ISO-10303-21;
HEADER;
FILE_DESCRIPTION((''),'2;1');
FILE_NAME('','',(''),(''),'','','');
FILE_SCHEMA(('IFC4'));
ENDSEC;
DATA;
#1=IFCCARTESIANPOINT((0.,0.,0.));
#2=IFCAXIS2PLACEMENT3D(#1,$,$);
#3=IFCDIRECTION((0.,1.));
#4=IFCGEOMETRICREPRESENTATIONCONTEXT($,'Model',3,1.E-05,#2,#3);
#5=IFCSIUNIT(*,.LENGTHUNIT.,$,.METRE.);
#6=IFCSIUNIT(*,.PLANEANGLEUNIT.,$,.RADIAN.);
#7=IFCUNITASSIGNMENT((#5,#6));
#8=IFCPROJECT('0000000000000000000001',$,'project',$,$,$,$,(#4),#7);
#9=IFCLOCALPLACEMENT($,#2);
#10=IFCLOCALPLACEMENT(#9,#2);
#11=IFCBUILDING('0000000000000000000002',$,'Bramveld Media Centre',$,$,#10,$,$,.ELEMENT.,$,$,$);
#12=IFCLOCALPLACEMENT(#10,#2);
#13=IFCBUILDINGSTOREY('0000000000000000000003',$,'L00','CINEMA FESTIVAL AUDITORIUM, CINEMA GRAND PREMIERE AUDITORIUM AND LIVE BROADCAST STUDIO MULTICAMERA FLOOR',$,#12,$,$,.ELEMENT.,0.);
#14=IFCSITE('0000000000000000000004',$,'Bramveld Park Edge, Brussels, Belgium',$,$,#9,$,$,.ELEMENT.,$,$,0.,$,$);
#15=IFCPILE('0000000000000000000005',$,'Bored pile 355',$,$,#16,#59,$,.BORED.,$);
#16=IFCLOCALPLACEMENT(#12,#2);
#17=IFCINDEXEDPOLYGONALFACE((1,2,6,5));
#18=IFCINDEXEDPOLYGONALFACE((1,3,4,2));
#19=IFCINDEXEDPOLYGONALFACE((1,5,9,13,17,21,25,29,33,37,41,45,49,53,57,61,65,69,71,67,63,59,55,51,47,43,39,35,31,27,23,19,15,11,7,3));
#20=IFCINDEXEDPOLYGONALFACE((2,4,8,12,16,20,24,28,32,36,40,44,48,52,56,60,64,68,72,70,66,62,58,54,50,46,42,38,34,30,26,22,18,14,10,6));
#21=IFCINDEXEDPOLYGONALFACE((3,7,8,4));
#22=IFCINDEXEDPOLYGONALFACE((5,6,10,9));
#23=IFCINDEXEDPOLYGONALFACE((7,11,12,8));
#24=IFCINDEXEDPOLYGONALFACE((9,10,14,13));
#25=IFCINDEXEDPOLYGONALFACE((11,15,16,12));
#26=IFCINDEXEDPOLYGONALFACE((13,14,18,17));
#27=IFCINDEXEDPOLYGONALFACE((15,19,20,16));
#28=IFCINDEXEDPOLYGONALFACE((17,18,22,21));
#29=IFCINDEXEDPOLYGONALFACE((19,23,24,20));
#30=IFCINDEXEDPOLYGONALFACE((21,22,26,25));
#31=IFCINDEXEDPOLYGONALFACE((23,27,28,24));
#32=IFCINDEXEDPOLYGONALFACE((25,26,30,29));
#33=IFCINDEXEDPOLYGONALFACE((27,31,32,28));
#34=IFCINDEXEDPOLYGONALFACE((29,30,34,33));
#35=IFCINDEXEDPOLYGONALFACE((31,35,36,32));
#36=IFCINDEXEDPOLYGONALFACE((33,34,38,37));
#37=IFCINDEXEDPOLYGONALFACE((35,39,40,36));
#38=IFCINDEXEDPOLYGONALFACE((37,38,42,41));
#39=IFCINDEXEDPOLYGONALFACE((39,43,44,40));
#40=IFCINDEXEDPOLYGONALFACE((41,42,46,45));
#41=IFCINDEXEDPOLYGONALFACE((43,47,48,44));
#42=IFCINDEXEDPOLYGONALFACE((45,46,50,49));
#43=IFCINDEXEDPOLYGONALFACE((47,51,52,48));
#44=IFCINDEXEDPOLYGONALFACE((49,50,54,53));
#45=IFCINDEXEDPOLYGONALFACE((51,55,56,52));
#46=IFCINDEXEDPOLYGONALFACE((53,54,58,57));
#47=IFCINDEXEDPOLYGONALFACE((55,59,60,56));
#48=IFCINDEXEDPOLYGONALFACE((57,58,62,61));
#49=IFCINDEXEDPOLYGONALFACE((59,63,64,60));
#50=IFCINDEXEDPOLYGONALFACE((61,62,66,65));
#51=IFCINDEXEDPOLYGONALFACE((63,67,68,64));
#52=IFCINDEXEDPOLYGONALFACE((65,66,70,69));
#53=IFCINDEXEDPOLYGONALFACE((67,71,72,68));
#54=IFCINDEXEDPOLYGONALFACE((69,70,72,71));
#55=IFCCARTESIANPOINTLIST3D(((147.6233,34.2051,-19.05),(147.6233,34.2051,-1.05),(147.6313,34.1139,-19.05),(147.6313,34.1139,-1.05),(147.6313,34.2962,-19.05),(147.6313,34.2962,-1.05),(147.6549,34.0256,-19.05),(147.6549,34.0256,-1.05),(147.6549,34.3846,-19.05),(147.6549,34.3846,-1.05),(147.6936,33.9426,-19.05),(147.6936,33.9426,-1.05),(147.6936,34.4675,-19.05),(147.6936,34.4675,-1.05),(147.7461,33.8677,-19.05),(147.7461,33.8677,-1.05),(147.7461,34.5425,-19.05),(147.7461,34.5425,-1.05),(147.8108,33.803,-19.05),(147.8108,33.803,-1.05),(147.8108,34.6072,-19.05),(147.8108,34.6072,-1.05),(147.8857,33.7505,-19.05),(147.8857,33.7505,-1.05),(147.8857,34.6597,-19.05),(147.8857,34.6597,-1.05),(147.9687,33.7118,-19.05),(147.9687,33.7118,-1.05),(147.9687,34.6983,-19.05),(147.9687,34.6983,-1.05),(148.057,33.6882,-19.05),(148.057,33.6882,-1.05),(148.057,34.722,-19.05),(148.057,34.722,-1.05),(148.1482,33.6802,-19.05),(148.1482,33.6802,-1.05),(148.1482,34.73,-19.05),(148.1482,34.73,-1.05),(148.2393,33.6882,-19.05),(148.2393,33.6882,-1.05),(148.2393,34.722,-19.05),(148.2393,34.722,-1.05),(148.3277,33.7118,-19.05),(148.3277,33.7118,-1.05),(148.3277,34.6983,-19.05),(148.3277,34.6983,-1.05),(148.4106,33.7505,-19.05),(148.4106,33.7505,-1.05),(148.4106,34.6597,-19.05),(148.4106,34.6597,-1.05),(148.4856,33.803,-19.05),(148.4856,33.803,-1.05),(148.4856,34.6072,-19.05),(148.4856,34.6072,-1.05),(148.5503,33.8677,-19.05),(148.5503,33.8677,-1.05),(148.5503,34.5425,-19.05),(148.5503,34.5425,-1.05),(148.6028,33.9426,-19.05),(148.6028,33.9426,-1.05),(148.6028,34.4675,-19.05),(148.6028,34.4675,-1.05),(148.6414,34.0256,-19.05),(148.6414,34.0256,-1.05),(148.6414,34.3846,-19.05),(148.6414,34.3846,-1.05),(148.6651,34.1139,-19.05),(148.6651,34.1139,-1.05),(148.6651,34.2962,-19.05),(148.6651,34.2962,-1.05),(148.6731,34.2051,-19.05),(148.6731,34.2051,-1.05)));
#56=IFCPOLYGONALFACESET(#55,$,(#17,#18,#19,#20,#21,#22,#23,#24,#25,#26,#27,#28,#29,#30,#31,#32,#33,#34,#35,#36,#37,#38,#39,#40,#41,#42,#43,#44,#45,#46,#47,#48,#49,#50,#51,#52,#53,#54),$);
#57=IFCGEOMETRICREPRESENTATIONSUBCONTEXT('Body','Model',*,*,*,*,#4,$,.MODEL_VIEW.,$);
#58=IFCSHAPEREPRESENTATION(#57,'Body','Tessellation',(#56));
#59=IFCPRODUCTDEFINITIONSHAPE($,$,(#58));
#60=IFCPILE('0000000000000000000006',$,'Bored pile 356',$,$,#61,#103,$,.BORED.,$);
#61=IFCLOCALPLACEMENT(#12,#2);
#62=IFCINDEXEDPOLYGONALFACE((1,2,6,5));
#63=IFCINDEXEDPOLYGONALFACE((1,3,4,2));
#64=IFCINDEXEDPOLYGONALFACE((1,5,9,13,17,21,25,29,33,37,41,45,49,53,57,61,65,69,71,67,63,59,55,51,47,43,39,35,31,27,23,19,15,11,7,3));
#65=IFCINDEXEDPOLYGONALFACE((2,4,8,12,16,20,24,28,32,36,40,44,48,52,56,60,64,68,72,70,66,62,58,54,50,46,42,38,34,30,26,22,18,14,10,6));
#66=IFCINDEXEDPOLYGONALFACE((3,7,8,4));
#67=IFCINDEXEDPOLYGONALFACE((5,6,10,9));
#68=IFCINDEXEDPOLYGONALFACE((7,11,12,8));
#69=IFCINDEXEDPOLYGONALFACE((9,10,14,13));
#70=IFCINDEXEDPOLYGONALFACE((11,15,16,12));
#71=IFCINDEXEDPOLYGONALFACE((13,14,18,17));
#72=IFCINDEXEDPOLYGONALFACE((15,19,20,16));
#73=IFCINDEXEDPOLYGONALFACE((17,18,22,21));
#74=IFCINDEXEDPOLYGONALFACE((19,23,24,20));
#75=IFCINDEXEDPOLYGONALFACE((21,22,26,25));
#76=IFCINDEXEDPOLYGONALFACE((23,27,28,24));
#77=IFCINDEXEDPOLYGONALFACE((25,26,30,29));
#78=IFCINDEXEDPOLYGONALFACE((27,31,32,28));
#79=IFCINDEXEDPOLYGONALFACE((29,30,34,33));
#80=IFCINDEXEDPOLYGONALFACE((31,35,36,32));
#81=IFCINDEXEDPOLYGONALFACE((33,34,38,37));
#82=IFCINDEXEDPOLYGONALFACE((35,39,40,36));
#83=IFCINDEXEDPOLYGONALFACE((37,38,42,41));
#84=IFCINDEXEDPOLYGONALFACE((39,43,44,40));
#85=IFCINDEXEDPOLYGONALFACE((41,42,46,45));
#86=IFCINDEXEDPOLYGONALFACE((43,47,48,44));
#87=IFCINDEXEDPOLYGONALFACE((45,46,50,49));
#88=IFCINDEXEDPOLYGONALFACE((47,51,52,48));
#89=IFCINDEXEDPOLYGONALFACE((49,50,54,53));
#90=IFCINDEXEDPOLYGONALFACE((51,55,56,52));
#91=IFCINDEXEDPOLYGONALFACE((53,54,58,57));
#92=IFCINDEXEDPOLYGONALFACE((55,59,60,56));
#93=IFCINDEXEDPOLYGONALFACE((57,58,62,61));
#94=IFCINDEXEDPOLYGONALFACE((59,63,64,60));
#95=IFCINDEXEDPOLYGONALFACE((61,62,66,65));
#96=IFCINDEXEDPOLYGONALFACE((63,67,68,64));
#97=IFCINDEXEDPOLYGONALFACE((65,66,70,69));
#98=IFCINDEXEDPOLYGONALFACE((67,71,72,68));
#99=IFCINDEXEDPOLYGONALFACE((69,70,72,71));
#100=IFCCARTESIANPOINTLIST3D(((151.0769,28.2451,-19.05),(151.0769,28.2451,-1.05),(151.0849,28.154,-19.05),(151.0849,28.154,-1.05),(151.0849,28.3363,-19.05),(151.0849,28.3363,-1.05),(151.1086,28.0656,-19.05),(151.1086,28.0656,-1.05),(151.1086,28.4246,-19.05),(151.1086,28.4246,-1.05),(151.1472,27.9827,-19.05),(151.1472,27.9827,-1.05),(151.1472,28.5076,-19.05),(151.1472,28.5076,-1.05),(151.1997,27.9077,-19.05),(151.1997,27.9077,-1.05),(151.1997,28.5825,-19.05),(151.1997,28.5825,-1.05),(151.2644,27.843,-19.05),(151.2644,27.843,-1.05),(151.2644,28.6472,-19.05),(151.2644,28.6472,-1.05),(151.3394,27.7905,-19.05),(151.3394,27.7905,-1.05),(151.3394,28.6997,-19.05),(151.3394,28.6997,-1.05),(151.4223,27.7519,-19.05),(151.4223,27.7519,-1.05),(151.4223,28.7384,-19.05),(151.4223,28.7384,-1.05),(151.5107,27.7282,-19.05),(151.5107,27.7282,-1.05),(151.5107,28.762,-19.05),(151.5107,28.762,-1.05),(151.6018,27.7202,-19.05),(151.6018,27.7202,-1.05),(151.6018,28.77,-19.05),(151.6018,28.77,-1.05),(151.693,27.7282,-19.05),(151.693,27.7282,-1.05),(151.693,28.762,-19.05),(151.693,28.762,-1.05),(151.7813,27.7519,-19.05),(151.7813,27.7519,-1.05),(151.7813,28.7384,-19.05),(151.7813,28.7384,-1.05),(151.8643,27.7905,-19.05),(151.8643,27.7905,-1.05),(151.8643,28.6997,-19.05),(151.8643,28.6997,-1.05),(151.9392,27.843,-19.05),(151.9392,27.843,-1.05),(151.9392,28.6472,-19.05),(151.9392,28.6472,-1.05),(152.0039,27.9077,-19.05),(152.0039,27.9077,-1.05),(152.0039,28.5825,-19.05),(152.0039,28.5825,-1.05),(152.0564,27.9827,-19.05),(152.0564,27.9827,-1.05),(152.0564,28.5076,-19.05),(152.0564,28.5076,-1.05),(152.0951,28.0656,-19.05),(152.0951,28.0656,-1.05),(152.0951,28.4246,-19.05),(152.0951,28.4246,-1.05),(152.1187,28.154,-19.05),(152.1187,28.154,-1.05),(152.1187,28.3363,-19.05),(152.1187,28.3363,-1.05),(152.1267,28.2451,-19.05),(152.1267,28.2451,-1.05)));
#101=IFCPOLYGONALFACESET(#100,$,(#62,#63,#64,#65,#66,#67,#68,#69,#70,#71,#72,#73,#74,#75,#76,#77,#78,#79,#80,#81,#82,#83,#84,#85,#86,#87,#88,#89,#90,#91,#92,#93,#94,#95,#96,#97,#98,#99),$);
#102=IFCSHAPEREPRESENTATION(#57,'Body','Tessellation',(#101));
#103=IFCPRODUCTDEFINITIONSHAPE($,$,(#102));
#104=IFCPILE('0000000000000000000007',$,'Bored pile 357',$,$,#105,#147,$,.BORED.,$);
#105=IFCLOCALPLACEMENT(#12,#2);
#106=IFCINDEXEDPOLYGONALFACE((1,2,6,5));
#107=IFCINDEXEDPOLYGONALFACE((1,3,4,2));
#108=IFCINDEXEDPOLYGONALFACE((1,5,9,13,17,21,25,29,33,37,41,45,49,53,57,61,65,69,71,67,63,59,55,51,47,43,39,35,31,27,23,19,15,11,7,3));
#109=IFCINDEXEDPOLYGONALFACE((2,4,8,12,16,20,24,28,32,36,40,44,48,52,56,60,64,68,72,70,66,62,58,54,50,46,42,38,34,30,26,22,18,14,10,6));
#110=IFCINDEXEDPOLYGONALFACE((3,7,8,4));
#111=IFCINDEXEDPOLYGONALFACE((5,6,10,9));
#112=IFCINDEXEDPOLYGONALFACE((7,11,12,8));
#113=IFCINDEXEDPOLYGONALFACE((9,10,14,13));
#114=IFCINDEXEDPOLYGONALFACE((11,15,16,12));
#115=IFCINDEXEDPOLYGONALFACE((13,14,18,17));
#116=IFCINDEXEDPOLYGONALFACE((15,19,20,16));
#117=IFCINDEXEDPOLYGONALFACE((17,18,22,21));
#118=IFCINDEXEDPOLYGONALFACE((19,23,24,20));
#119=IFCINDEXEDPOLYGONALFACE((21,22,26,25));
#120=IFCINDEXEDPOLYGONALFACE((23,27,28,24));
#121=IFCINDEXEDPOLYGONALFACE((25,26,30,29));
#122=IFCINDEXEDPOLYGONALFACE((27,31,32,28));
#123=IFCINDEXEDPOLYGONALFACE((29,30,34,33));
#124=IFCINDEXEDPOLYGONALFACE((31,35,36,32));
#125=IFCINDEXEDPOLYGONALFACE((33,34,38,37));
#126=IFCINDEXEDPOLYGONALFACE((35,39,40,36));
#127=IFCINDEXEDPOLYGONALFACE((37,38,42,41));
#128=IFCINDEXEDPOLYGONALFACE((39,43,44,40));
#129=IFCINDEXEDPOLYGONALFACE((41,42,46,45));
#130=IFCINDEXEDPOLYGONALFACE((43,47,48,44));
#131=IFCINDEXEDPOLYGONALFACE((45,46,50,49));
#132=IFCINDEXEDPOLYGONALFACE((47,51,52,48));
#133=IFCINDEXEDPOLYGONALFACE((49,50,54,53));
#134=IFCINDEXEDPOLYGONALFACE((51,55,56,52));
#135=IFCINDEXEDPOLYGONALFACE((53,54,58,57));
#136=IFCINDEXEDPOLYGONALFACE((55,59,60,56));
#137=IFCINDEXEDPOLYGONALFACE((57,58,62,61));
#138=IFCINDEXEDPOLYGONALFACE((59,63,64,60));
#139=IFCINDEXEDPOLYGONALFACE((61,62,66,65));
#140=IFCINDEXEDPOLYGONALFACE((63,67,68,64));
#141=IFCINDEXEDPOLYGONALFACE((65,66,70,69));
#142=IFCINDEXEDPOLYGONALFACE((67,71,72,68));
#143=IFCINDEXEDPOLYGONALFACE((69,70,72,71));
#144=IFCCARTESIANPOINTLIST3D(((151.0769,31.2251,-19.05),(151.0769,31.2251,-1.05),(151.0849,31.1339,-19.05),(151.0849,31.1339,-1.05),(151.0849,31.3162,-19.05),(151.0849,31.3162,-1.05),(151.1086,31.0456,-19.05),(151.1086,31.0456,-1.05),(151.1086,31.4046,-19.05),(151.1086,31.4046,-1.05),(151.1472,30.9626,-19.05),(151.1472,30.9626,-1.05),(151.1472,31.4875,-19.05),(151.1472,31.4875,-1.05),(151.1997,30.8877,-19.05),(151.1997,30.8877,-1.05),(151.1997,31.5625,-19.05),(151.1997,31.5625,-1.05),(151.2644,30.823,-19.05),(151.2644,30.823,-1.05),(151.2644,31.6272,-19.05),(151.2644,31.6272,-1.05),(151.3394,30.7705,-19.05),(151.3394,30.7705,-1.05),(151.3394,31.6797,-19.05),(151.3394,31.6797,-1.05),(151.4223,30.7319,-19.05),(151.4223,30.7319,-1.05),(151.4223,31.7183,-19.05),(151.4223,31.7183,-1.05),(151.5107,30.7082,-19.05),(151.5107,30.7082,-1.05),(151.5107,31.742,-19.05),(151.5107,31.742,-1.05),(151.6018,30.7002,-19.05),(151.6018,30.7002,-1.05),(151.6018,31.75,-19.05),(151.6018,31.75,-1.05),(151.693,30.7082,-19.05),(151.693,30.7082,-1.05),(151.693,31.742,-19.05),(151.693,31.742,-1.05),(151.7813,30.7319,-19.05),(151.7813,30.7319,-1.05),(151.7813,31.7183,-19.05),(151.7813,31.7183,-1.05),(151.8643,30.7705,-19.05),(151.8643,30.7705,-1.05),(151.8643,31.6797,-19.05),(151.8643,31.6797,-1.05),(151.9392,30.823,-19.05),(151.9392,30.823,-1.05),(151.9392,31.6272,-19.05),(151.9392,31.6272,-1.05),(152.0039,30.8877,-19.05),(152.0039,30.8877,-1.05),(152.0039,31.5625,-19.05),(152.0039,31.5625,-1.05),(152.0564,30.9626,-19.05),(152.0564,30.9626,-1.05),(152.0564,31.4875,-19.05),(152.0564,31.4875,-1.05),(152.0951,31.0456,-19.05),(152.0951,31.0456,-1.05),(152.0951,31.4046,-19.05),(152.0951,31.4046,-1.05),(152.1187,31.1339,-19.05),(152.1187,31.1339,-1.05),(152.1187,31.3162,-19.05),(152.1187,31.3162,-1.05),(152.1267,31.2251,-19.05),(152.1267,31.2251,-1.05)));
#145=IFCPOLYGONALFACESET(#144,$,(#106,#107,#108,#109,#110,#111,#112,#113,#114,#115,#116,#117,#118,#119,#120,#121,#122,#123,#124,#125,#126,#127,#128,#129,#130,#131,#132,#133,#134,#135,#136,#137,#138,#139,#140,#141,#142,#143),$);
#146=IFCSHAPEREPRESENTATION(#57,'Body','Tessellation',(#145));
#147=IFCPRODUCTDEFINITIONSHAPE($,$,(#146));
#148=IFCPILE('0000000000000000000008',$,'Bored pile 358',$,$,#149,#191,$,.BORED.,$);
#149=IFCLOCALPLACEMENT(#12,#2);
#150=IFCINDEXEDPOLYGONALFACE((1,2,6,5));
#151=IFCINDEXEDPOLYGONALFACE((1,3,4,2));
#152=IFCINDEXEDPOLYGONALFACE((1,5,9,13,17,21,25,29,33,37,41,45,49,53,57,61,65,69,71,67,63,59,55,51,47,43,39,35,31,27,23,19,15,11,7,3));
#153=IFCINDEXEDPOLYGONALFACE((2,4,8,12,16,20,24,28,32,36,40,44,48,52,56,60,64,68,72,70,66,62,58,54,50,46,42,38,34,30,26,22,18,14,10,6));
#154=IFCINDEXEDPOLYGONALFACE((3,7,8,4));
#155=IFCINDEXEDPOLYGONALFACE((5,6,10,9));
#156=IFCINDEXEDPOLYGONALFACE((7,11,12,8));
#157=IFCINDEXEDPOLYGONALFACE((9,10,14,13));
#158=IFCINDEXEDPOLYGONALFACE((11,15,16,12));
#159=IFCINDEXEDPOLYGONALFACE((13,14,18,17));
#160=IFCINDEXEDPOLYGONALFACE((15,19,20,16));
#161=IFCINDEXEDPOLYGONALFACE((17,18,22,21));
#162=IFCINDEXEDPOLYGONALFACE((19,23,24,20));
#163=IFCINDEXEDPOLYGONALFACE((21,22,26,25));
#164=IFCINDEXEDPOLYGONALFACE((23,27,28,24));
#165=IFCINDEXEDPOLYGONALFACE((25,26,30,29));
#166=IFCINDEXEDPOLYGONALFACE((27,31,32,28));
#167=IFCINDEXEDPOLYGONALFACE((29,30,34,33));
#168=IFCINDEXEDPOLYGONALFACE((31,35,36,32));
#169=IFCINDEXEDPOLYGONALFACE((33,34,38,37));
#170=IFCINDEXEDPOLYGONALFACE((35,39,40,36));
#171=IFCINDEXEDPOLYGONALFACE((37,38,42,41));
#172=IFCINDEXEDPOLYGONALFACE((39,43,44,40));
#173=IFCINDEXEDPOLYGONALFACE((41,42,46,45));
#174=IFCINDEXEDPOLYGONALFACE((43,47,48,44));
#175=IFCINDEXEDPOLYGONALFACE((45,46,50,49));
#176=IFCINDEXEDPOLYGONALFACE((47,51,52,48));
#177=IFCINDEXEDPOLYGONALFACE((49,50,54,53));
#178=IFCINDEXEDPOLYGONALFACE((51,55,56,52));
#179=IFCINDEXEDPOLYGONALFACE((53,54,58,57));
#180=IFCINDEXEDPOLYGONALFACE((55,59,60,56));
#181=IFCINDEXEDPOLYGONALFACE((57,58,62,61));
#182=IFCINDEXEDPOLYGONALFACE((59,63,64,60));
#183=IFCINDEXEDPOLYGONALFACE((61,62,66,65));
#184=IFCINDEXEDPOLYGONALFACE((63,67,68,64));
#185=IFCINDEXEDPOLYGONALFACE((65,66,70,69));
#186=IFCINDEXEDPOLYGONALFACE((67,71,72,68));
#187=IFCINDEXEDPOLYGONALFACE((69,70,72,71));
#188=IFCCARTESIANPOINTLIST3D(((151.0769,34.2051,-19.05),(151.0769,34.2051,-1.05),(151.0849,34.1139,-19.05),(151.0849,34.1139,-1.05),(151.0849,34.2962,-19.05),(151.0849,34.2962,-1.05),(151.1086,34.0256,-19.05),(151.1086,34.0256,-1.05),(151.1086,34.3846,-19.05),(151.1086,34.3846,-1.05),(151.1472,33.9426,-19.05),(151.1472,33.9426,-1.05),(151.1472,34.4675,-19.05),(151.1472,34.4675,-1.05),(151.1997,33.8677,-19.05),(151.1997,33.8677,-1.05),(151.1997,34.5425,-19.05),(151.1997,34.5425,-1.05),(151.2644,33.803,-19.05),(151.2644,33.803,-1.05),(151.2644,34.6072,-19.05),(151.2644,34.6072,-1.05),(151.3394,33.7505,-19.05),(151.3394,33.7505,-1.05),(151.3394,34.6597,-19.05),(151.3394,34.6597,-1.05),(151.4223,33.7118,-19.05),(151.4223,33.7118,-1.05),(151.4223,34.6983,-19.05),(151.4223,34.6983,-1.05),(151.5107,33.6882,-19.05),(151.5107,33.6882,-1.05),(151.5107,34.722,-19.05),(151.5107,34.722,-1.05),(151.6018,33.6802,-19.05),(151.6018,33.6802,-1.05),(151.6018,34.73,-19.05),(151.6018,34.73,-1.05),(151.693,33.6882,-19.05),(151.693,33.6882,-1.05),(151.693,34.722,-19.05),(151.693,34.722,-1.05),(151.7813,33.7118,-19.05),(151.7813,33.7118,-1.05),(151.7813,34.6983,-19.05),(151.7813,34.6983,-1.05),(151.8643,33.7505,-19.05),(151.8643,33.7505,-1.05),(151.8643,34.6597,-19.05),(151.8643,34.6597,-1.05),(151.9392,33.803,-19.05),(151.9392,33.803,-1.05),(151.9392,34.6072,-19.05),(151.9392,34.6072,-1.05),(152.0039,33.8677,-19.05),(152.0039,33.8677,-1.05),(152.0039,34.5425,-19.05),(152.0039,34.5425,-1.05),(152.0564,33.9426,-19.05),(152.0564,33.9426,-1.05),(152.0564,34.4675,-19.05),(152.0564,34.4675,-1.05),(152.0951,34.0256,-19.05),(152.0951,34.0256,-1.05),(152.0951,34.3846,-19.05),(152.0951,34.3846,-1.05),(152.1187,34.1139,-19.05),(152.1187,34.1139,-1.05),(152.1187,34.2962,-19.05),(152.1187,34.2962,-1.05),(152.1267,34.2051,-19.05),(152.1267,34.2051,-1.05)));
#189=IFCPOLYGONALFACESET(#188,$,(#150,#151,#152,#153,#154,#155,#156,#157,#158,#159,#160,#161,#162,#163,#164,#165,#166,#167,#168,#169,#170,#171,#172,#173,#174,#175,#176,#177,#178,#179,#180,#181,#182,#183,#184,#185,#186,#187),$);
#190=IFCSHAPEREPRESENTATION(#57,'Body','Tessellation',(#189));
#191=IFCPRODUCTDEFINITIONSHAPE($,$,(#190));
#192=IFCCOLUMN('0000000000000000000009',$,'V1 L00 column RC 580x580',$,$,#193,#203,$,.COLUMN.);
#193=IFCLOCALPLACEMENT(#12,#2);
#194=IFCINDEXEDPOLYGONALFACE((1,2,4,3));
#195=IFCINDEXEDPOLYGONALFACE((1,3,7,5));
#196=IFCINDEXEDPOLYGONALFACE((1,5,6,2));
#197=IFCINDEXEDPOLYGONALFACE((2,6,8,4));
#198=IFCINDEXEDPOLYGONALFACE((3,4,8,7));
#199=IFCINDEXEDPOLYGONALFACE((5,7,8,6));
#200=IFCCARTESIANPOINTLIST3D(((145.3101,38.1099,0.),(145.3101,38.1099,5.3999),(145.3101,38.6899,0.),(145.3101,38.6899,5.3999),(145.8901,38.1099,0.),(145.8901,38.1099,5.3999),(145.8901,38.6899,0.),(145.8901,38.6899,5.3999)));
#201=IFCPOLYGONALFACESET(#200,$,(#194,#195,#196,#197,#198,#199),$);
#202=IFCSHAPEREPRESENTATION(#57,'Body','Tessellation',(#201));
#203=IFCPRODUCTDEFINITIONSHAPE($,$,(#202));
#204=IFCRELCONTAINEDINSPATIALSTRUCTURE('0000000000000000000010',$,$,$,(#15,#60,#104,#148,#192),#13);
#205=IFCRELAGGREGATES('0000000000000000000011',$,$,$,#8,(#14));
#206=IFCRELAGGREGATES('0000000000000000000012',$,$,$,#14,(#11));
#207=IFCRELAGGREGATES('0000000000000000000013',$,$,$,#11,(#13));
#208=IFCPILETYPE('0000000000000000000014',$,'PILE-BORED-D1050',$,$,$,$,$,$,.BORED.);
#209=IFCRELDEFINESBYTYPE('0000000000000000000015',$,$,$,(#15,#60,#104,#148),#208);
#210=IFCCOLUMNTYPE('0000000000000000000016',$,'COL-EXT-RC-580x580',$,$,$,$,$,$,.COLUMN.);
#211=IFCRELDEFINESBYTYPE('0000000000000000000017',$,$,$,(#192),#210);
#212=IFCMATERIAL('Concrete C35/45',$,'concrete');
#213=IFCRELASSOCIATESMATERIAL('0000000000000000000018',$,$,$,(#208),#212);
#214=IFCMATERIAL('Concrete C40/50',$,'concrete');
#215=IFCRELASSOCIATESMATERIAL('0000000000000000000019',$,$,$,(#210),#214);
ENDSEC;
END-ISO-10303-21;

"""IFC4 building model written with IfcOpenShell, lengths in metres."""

from ifc_helpers import new_model, si_unit, direction, frame, origin, origin_2d, place, context, subcontext, project, spatial, rectangle, circle, extrude, material, material_profile, profile_set, type_object, element, save


model = new_model("IFC4")

# Units and contexts
model_context = context("Model", 3, precision=1e-05, world=origin(), true_north=direction((0.0, 1.0)))
body_context = subcontext(model_context, "Body", "Model", "MODEL_VIEW")
ifc_project = project(units=[si_unit("LENGTHUNIT", "METRE"), si_unit("PLANEANGLEUNIT", "RADIAN")], contexts=[model_context])

# Site, building, storey
site_placement = place(None, origin())
site = spatial("IfcSite", under=ifc_project, at=site_placement, Name="Bramveld Park Edge, Brussels, Belgium", CompositionType="ELEMENT", RefElevation=0.0)
building_placement = place(site_placement, origin())
building = spatial("IfcBuilding", under=site, at=building_placement, Name="Bramveld Media Centre", CompositionType="ELEMENT")
storey_placement = place(building_placement, origin())
storey = spatial("IfcBuildingStorey", under=building, at=storey_placement, Name="L00", Description="CINEMA FESTIVAL AUDITORIUM, CINEMA GRAND PREMIERE AUDITORIUM AND LIVE BROADCAST STUDIO MULTICAMERA FLOOR", CompositionType="ELEMENT", Elevation=0.0)

# Piles
ifc_material_1 = material(Name="Concrete C35/45", Category="concrete")
ifc_material_profile_1 = material_profile(ifc_material_1, circle(Radius=0.5249, at=origin_2d()), Name="BORED D1050")
ifc_profile_set_1 = profile_set([ifc_material_profile_1], Name="Concrete C35/45")
pile_type = type_object("IfcPileType", Name="PILE-BORED-D1050", PredefinedType="BORED", material=ifc_profile_set_1)
for number, where, z_axis, x_axis, name in (
    (1, (148.1482, 34.2051, -1.05), (0.0, 0.0, -1.0), (1.0, 0.0, 0.0), "Bored pile 355"),
    (2, (151.6018, 28.2451, -1.05), (0.0, 0.0, -1.0), (1.0, 0.0, 0.0), "Bored pile 356"),
    (3, (151.6018, 31.2251, -1.05), (0.0, 0.0, -1.0), (1.0, 0.0, 0.0), "Bored pile 357"),
    (4, (151.6018, 34.2051, -1.05), (0.0, 0.0, -1.0), (1.0, 0.0, 0.0), "Bored pile 358"),
):
    element("IfcPile", number, at=place(storey_placement, frame(where, z_axis=z_axis, x_axis=x_axis)), inside=storey, type_object=pile_type, Name=name, PredefinedType="BORED", context=body_context, shape_type="SweptSolid", body=[
        extrude(circle(Radius=0.5249, at=origin_2d()), origin(), (0.0, 0.0, 1.0), 18.0),
    ])

# Column
ifc_material_2 = material(Name="Concrete C40/50", Category="concrete")
ifc_material_profile_2 = material_profile(ifc_material_2, rectangle(XDim=0.5801, YDim=0.5801, at=origin_2d()), Name="RC 580x580")
ifc_profile_set_2 = profile_set([ifc_material_profile_2], Name="Concrete C40/50")
column_type_1 = type_object("IfcColumnType", Name="COL-EXT-RC-580x580", PredefinedType="COLUMN", material=ifc_profile_set_2)
column_1_placement = place(storey_placement, frame((145.6001, 38.3999, 0.0), z_axis=(0.0, 0.0, 1.0), x_axis=(1.0, 0.0, 0.0)))
element("IfcColumn", 5, at=column_1_placement, inside=storey, type_object=column_type_1, Name="V1 L00 column RC 580x580", PredefinedType="COLUMN", context=body_context, shape_type="SweptSolid", body=[
    extrude(rectangle(XDim=0.5801, YDim=0.5801, at=origin_2d()), origin(), (0.0, 0.0, 1.0), 5.3999),
])

save(model, "model.ifc")
